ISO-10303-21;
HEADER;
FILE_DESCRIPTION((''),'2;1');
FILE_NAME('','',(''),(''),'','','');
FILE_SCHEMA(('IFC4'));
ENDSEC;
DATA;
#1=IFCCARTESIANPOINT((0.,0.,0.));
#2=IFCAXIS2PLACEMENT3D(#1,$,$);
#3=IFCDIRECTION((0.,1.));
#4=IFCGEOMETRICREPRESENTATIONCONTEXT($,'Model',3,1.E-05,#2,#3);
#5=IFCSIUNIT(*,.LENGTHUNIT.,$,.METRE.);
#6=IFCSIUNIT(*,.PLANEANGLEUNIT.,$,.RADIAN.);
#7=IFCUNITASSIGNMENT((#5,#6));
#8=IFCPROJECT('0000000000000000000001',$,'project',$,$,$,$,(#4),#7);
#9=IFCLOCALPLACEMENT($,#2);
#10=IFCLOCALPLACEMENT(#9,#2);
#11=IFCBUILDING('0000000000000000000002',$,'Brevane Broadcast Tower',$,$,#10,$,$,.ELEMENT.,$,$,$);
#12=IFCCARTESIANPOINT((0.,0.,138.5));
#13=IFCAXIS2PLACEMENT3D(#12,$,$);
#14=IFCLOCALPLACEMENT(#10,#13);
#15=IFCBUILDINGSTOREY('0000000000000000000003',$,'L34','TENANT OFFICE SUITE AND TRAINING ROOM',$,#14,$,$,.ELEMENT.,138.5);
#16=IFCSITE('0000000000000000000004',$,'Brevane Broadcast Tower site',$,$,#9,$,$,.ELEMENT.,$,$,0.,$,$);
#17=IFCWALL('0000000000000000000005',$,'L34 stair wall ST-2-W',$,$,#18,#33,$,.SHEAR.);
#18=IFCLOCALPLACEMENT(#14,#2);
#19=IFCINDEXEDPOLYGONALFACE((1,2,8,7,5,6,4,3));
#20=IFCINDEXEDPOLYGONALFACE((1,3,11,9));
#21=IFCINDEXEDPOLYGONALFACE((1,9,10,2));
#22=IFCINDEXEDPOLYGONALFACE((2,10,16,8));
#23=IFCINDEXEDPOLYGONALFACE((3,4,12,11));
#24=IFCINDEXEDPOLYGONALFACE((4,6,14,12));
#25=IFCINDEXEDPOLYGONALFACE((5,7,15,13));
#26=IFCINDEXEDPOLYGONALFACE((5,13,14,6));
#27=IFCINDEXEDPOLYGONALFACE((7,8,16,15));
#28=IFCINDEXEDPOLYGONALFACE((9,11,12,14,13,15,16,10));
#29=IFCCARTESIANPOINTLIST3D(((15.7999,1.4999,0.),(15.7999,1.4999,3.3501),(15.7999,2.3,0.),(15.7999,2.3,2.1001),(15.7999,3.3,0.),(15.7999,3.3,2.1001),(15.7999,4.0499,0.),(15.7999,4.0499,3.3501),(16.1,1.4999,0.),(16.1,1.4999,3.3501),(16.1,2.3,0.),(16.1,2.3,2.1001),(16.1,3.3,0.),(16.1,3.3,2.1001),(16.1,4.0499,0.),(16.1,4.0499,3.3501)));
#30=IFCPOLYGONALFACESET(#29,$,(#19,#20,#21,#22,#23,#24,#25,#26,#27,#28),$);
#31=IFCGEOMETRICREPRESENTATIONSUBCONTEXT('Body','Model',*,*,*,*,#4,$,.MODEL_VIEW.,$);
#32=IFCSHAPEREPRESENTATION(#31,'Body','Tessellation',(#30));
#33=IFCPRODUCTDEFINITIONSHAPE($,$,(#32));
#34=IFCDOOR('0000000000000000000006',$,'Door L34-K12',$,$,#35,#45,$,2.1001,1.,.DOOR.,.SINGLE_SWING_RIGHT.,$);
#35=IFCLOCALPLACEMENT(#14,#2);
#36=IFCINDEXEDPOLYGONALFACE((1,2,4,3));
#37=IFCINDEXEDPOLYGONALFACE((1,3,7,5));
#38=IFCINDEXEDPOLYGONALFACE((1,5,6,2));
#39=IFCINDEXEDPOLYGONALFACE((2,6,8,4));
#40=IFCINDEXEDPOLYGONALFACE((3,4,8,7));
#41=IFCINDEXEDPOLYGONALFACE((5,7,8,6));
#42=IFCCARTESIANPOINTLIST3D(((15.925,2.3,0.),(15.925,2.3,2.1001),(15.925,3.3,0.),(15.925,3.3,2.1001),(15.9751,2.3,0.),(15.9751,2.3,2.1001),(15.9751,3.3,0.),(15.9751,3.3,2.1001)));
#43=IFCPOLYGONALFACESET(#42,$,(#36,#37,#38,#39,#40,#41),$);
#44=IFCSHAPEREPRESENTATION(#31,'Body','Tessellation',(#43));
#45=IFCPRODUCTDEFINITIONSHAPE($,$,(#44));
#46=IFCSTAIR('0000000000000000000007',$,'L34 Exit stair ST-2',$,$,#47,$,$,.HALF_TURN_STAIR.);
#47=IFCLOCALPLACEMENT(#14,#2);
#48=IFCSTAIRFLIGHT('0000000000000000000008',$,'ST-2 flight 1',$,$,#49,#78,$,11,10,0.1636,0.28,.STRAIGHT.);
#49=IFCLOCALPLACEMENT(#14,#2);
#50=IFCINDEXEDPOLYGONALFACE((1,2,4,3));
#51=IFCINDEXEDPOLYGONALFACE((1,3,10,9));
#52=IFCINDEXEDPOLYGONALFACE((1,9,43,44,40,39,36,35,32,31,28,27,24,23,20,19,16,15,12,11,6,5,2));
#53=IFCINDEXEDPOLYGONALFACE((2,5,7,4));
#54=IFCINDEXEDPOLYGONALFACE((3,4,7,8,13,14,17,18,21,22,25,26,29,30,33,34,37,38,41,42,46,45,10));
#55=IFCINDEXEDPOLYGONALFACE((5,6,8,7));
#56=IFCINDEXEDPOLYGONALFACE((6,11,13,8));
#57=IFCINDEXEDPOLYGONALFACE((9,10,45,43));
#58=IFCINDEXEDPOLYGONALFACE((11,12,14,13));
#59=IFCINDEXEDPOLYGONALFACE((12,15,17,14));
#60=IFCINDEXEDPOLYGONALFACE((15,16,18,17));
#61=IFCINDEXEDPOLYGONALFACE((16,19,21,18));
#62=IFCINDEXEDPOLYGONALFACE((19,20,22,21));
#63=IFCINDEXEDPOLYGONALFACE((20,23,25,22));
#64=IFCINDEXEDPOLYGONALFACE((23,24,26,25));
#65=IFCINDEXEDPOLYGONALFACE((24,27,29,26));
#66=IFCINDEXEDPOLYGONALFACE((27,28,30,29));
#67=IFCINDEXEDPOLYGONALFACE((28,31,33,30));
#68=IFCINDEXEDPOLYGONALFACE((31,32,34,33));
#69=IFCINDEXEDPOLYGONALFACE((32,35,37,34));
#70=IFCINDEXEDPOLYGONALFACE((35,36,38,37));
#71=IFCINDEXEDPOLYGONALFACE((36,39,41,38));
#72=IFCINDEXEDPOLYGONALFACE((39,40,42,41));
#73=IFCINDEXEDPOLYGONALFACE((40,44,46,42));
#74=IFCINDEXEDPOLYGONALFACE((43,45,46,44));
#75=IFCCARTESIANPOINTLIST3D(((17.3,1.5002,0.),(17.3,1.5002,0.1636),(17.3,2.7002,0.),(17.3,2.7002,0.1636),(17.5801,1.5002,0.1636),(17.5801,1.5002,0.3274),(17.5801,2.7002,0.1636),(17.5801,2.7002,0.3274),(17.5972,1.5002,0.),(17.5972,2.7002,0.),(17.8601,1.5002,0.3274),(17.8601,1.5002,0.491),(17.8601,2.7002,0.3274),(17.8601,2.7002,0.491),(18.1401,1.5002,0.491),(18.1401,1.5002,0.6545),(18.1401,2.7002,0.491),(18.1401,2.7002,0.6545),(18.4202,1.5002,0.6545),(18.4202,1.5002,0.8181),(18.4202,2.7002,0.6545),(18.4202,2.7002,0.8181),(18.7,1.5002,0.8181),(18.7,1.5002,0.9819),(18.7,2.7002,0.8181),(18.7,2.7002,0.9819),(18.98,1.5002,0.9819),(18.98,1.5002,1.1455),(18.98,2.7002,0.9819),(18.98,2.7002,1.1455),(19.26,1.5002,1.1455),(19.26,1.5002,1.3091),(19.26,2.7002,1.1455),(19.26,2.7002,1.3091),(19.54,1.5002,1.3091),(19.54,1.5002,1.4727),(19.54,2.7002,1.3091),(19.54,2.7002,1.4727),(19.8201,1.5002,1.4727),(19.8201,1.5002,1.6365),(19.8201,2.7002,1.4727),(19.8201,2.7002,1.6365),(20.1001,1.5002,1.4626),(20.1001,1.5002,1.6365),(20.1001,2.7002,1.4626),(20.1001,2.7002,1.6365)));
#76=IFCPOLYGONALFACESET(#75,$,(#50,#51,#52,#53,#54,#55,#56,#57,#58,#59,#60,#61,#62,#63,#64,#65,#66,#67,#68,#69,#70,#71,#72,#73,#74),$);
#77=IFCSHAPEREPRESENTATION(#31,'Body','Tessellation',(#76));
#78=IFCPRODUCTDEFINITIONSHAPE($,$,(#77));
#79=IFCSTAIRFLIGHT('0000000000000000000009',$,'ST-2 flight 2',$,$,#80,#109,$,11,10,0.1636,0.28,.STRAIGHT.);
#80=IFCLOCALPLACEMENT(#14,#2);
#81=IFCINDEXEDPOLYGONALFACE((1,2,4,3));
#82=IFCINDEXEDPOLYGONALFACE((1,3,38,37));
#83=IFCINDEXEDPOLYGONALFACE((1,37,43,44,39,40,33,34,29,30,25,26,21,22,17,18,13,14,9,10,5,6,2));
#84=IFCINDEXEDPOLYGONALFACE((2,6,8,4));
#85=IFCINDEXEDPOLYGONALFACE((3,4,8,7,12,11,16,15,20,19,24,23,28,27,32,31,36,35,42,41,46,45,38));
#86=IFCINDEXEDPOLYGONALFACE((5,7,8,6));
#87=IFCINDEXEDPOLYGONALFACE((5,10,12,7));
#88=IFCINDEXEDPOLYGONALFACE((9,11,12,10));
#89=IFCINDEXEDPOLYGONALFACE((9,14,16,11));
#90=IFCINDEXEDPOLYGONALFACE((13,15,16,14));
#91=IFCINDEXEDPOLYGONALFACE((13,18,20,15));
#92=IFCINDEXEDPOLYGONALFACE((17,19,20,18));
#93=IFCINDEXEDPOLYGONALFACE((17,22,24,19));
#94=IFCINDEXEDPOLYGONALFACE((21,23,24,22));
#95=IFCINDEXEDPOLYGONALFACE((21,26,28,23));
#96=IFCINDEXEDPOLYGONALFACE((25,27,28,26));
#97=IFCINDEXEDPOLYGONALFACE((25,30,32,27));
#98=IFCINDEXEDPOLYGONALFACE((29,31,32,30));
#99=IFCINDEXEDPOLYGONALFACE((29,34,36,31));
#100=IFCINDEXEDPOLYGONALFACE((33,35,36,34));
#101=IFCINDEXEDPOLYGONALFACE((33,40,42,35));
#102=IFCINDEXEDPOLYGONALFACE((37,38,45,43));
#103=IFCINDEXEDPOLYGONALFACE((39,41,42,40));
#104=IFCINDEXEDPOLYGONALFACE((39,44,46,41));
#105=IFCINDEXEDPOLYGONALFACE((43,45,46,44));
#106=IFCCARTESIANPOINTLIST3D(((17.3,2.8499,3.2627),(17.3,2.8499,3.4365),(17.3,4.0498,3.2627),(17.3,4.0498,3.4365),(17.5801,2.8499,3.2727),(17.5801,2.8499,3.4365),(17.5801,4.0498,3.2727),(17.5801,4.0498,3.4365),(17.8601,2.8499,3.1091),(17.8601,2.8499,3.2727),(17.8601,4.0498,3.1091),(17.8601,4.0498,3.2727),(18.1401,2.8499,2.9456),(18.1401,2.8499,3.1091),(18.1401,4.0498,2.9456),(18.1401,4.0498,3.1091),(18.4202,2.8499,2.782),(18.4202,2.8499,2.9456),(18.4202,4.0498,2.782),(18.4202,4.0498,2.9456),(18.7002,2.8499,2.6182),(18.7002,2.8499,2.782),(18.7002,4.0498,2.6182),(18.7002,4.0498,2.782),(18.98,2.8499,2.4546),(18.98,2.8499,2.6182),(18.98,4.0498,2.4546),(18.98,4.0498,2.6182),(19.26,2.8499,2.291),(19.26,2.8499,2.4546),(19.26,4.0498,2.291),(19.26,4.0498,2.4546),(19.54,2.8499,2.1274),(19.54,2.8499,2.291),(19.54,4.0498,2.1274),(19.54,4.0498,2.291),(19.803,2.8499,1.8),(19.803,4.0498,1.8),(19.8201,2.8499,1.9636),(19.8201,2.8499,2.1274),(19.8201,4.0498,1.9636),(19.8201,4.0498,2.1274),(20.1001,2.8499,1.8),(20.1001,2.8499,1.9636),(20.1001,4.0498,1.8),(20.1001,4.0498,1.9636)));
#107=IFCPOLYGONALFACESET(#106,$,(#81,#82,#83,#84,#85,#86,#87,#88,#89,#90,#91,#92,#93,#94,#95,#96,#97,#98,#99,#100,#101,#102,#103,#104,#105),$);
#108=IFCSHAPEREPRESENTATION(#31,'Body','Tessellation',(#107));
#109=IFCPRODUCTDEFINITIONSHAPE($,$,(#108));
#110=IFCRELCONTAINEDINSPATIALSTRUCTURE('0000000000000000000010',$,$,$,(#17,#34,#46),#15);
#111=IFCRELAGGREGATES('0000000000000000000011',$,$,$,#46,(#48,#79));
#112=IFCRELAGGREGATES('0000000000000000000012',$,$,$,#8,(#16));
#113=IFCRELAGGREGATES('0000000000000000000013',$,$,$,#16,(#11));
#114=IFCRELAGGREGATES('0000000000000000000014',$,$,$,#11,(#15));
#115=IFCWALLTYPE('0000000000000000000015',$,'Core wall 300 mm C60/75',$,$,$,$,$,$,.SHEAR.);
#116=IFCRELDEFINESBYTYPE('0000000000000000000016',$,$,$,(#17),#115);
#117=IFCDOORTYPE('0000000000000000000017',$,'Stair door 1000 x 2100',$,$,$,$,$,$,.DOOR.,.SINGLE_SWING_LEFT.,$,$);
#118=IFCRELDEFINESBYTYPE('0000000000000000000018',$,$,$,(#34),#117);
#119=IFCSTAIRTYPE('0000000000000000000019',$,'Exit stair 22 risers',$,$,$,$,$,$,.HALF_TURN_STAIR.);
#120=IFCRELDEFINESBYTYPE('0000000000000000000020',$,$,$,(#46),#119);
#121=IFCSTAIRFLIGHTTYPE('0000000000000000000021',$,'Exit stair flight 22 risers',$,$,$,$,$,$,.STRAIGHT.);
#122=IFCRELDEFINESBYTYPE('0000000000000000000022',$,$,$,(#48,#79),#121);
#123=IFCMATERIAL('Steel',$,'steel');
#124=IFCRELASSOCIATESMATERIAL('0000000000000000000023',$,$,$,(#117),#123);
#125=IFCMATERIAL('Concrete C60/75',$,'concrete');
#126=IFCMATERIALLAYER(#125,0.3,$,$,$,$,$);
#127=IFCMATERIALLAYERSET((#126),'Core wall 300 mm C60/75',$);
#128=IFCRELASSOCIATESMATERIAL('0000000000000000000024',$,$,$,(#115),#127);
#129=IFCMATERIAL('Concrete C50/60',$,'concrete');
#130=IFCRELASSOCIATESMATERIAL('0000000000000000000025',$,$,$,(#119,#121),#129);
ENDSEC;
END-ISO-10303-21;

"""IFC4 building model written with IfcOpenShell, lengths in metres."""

from ifc_helpers import new_model, si_unit, direction, frame, frame_2d, origin, place, context, subcontext, project, spatial, polyline, rectangle, outline, extrude, material, layer, layer_set, type_object, element, fill, aggregate, save


model = new_model("IFC4")

# Units and contexts
model_context = context("Model", 3, precision=1e-05, world=origin(), true_north=direction((0.0, 1.0)))
body_context = subcontext(model_context, "Body", "Model", "MODEL_VIEW")
ifc_project = project(units=[si_unit("LENGTHUNIT", "METRE"), si_unit("PLANEANGLEUNIT", "RADIAN")], contexts=[model_context])

# Site, building, storey
site_placement = place(None, origin())
site = spatial("IfcSite", under=ifc_project, at=site_placement, Name="Brevane Broadcast Tower site", CompositionType="ELEMENT", RefElevation=0.0)
building_placement = place(site_placement, origin())
building = spatial("IfcBuilding", under=site, at=building_placement, Name="Brevane Broadcast Tower", CompositionType="ELEMENT")
storey_placement = place(building_placement, frame((0.0, 0.0, 138.5)))
storey = spatial("IfcBuildingStorey", under=building, at=storey_placement, Name="L34", Description="TENANT OFFICE SUITE AND TRAINING ROOM", CompositionType="ELEMENT", Elevation=138.5)

# Shared definitions
ifc_material_1 = material(Name="Steel", Category="steel")
door_type_1 = type_object("IfcDoorType", Name="Stair door 1000 x 2100", OperationType="SINGLE_SWING_LEFT", PredefinedType="DOOR", material=ifc_material_1)

# Shared definitions
ifc_material_2 = material(Name="Concrete C60/75", Category="concrete")
ifc_layer_1 = layer(ifc_material_2, 0.3)
ifc_layer_set_1 = layer_set([ifc_layer_1], Name="Core wall 300 mm C60/75")
wall_type_1 = type_object("IfcWallType", Name="Core wall 300 mm C60/75", PredefinedType="SHEAR", material=ifc_layer_set_1)

# Wall, opening, door
wall_1_placement = place(storey_placement, frame((15.95, 1.5, 0.0), z_axis=(0.0, 0.0, 1.0), x_axis=(0.0, 1.0, 0.0)))
wall_1 = element("IfcWall", 1, at=wall_1_placement, inside=storey, type_object=wall_type_1, Name="L34 stair wall ST-2-W", PredefinedType="SHEAR", context=body_context, shape_type="SweptSolid", body=[
    extrude(rectangle(XDim=2.55, YDim=0.3, at=frame_2d((1.2749, 0.0))), origin(), (0.0, 0.0, 1.0), 3.3501),
])
opening_1_placement = place(wall_1_placement, frame((0.8, 0.0, 0.0)))
opening_1 = element("IfcOpeningElement", 2, at=opening_1_placement, cuts=wall_1, PredefinedType="OPENING", context=body_context, shape_type="SweptSolid", body=[
    extrude(rectangle(XDim=1.0, YDim=2.1001, at=frame_2d((0.5, 1.05))), frame((0.0, 0.1599, 0.0), z_axis=(0.0, -1.0, 0.0), x_axis=(1.0, 0.0, 0.0)), (0.0, 0.0, 1.0), 0.3201),
])
door_1_placement = place(opening_1_placement, origin())
door_1 = element("IfcDoor", 3, at=door_1_placement, inside=storey, type_object=door_type_1, Name="Door L34-K12", OperationType="SINGLE_SWING_RIGHT", OverallHeight=2.1001, OverallWidth=1.0, PredefinedType="DOOR", context=body_context, shape_type="SweptSolid", body=[
    extrude(rectangle(XDim=1.0, YDim=2.1001, at=frame_2d((0.5, 1.05))), frame((0.0, 0.0249, 0.0), z_axis=(0.0, -1.0, 0.0), x_axis=(1.0, 0.0, 0.0)), (0.0, 0.0, 1.0), 0.05),
])
fill(opening_1, door_1)

# Stair, stair flights
ifc_material_3 = material(Name="Concrete C50/60", Category="concrete")
stair_type = type_object("IfcStairType", Name="Exit stair 22 risers", PredefinedType="HALF_TURN_STAIR", material=ifc_material_3)
stair_placement = place(storey_placement, origin())
stair = element("IfcStair", 4, at=stair_placement, inside=storey, type_object=stair_type, Name="L34 Exit stair ST-2", PredefinedType="HALF_TURN_STAIR")
stair_flight_type = type_object("IfcStairFlightType", Name="Exit stair flight 22 risers", PredefinedType="STRAIGHT", material=ifc_material_3)
stair_flight_1_placement = place(storey_placement, frame((17.3, 2.1001, 0.0), z_axis=(0.0, 0.0, 1.0), x_axis=(1.0, 0.0, 0.0)))
stair_flight_1 = element("IfcStairFlight", 5, at=stair_flight_1_placement, type_object=stair_flight_type, Name="ST-2 flight 1", NumberOfRisers=11, NumberOfTreads=10, PredefinedType="STRAIGHT", RiserHeight=0.1636, TreadLength=0.28, context=body_context, shape_type="SweptSolid", body=[
    extrude(outline(polyline([(0.0, 0.0), (0.0, 0.1636), (0.28, 0.1636), (0.28, 0.3274), (0.5601, 0.3274), (0.5601, 0.491), (0.8401, 0.491), (0.8401, 0.6545), (1.1201, 0.6545), (1.1201, 0.8181), (1.3999, 0.8181), (1.3999, 0.9819), (1.6799, 0.9819), (1.6799, 1.1455), (1.96, 1.1455), (1.96, 1.3091), (2.24, 1.3091), (2.24, 1.4727), (2.52, 1.4727), (2.52, 1.6365), (2.8, 1.6365), (2.8, 1.8), (2.8, 1.4626), (0.2971, 0.0), (0.0, 0.0)])), frame((0.0, 0.6001, 0.0), z_axis=(0.0, -1.0, 0.0), x_axis=(1.0, 0.0, 0.0)), (0.0, 0.0, 1.0), 1.2),
])
stair_flight_2_placement = place(storey_placement, frame((20.1001, 3.45, 1.8), z_axis=(0.0, 0.0, 1.0), x_axis=(-1.0, 0.0, 0.0)))
stair_flight_2 = element("IfcStairFlight", 6, at=stair_flight_2_placement, type_object=stair_flight_type, Name="ST-2 flight 2", NumberOfRisers=11, NumberOfTreads=10, PredefinedType="STRAIGHT", RiserHeight=0.1636, TreadLength=0.28, context=body_context, shape_type="SweptSolid", body=[
    extrude(outline(polyline([(0.0, 0.0), (0.0, 0.1636), (0.28, 0.1636), (0.28, 0.3274), (0.5601, 0.3274), (0.5601, 0.491), (0.8401, 0.491), (0.8401, 0.6545), (1.1201, 0.6545), (1.1201, 0.8181), (1.3999, 0.8181), (1.3999, 0.9819), (1.6799, 0.9819), (1.6799, 1.1455), (1.96, 1.1455), (1.96, 1.3091), (2.24, 1.3091), (2.24, 1.4727), (2.52, 1.4727), (2.52, 1.6365), (2.8, 1.6365), (2.8, 1.8), (2.8, 1.4626), (0.2971, 0.0), (0.0, 0.0)])), frame((0.0, 0.6001, 0.0), z_axis=(0.0, -1.0, 0.0), x_axis=(1.0, 0.0, 0.0)), (0.0, 0.0, 1.0), 1.2),
])
aggregate(stair, [stair_flight_1, stair_flight_2])

save(model, "model.ifc")
